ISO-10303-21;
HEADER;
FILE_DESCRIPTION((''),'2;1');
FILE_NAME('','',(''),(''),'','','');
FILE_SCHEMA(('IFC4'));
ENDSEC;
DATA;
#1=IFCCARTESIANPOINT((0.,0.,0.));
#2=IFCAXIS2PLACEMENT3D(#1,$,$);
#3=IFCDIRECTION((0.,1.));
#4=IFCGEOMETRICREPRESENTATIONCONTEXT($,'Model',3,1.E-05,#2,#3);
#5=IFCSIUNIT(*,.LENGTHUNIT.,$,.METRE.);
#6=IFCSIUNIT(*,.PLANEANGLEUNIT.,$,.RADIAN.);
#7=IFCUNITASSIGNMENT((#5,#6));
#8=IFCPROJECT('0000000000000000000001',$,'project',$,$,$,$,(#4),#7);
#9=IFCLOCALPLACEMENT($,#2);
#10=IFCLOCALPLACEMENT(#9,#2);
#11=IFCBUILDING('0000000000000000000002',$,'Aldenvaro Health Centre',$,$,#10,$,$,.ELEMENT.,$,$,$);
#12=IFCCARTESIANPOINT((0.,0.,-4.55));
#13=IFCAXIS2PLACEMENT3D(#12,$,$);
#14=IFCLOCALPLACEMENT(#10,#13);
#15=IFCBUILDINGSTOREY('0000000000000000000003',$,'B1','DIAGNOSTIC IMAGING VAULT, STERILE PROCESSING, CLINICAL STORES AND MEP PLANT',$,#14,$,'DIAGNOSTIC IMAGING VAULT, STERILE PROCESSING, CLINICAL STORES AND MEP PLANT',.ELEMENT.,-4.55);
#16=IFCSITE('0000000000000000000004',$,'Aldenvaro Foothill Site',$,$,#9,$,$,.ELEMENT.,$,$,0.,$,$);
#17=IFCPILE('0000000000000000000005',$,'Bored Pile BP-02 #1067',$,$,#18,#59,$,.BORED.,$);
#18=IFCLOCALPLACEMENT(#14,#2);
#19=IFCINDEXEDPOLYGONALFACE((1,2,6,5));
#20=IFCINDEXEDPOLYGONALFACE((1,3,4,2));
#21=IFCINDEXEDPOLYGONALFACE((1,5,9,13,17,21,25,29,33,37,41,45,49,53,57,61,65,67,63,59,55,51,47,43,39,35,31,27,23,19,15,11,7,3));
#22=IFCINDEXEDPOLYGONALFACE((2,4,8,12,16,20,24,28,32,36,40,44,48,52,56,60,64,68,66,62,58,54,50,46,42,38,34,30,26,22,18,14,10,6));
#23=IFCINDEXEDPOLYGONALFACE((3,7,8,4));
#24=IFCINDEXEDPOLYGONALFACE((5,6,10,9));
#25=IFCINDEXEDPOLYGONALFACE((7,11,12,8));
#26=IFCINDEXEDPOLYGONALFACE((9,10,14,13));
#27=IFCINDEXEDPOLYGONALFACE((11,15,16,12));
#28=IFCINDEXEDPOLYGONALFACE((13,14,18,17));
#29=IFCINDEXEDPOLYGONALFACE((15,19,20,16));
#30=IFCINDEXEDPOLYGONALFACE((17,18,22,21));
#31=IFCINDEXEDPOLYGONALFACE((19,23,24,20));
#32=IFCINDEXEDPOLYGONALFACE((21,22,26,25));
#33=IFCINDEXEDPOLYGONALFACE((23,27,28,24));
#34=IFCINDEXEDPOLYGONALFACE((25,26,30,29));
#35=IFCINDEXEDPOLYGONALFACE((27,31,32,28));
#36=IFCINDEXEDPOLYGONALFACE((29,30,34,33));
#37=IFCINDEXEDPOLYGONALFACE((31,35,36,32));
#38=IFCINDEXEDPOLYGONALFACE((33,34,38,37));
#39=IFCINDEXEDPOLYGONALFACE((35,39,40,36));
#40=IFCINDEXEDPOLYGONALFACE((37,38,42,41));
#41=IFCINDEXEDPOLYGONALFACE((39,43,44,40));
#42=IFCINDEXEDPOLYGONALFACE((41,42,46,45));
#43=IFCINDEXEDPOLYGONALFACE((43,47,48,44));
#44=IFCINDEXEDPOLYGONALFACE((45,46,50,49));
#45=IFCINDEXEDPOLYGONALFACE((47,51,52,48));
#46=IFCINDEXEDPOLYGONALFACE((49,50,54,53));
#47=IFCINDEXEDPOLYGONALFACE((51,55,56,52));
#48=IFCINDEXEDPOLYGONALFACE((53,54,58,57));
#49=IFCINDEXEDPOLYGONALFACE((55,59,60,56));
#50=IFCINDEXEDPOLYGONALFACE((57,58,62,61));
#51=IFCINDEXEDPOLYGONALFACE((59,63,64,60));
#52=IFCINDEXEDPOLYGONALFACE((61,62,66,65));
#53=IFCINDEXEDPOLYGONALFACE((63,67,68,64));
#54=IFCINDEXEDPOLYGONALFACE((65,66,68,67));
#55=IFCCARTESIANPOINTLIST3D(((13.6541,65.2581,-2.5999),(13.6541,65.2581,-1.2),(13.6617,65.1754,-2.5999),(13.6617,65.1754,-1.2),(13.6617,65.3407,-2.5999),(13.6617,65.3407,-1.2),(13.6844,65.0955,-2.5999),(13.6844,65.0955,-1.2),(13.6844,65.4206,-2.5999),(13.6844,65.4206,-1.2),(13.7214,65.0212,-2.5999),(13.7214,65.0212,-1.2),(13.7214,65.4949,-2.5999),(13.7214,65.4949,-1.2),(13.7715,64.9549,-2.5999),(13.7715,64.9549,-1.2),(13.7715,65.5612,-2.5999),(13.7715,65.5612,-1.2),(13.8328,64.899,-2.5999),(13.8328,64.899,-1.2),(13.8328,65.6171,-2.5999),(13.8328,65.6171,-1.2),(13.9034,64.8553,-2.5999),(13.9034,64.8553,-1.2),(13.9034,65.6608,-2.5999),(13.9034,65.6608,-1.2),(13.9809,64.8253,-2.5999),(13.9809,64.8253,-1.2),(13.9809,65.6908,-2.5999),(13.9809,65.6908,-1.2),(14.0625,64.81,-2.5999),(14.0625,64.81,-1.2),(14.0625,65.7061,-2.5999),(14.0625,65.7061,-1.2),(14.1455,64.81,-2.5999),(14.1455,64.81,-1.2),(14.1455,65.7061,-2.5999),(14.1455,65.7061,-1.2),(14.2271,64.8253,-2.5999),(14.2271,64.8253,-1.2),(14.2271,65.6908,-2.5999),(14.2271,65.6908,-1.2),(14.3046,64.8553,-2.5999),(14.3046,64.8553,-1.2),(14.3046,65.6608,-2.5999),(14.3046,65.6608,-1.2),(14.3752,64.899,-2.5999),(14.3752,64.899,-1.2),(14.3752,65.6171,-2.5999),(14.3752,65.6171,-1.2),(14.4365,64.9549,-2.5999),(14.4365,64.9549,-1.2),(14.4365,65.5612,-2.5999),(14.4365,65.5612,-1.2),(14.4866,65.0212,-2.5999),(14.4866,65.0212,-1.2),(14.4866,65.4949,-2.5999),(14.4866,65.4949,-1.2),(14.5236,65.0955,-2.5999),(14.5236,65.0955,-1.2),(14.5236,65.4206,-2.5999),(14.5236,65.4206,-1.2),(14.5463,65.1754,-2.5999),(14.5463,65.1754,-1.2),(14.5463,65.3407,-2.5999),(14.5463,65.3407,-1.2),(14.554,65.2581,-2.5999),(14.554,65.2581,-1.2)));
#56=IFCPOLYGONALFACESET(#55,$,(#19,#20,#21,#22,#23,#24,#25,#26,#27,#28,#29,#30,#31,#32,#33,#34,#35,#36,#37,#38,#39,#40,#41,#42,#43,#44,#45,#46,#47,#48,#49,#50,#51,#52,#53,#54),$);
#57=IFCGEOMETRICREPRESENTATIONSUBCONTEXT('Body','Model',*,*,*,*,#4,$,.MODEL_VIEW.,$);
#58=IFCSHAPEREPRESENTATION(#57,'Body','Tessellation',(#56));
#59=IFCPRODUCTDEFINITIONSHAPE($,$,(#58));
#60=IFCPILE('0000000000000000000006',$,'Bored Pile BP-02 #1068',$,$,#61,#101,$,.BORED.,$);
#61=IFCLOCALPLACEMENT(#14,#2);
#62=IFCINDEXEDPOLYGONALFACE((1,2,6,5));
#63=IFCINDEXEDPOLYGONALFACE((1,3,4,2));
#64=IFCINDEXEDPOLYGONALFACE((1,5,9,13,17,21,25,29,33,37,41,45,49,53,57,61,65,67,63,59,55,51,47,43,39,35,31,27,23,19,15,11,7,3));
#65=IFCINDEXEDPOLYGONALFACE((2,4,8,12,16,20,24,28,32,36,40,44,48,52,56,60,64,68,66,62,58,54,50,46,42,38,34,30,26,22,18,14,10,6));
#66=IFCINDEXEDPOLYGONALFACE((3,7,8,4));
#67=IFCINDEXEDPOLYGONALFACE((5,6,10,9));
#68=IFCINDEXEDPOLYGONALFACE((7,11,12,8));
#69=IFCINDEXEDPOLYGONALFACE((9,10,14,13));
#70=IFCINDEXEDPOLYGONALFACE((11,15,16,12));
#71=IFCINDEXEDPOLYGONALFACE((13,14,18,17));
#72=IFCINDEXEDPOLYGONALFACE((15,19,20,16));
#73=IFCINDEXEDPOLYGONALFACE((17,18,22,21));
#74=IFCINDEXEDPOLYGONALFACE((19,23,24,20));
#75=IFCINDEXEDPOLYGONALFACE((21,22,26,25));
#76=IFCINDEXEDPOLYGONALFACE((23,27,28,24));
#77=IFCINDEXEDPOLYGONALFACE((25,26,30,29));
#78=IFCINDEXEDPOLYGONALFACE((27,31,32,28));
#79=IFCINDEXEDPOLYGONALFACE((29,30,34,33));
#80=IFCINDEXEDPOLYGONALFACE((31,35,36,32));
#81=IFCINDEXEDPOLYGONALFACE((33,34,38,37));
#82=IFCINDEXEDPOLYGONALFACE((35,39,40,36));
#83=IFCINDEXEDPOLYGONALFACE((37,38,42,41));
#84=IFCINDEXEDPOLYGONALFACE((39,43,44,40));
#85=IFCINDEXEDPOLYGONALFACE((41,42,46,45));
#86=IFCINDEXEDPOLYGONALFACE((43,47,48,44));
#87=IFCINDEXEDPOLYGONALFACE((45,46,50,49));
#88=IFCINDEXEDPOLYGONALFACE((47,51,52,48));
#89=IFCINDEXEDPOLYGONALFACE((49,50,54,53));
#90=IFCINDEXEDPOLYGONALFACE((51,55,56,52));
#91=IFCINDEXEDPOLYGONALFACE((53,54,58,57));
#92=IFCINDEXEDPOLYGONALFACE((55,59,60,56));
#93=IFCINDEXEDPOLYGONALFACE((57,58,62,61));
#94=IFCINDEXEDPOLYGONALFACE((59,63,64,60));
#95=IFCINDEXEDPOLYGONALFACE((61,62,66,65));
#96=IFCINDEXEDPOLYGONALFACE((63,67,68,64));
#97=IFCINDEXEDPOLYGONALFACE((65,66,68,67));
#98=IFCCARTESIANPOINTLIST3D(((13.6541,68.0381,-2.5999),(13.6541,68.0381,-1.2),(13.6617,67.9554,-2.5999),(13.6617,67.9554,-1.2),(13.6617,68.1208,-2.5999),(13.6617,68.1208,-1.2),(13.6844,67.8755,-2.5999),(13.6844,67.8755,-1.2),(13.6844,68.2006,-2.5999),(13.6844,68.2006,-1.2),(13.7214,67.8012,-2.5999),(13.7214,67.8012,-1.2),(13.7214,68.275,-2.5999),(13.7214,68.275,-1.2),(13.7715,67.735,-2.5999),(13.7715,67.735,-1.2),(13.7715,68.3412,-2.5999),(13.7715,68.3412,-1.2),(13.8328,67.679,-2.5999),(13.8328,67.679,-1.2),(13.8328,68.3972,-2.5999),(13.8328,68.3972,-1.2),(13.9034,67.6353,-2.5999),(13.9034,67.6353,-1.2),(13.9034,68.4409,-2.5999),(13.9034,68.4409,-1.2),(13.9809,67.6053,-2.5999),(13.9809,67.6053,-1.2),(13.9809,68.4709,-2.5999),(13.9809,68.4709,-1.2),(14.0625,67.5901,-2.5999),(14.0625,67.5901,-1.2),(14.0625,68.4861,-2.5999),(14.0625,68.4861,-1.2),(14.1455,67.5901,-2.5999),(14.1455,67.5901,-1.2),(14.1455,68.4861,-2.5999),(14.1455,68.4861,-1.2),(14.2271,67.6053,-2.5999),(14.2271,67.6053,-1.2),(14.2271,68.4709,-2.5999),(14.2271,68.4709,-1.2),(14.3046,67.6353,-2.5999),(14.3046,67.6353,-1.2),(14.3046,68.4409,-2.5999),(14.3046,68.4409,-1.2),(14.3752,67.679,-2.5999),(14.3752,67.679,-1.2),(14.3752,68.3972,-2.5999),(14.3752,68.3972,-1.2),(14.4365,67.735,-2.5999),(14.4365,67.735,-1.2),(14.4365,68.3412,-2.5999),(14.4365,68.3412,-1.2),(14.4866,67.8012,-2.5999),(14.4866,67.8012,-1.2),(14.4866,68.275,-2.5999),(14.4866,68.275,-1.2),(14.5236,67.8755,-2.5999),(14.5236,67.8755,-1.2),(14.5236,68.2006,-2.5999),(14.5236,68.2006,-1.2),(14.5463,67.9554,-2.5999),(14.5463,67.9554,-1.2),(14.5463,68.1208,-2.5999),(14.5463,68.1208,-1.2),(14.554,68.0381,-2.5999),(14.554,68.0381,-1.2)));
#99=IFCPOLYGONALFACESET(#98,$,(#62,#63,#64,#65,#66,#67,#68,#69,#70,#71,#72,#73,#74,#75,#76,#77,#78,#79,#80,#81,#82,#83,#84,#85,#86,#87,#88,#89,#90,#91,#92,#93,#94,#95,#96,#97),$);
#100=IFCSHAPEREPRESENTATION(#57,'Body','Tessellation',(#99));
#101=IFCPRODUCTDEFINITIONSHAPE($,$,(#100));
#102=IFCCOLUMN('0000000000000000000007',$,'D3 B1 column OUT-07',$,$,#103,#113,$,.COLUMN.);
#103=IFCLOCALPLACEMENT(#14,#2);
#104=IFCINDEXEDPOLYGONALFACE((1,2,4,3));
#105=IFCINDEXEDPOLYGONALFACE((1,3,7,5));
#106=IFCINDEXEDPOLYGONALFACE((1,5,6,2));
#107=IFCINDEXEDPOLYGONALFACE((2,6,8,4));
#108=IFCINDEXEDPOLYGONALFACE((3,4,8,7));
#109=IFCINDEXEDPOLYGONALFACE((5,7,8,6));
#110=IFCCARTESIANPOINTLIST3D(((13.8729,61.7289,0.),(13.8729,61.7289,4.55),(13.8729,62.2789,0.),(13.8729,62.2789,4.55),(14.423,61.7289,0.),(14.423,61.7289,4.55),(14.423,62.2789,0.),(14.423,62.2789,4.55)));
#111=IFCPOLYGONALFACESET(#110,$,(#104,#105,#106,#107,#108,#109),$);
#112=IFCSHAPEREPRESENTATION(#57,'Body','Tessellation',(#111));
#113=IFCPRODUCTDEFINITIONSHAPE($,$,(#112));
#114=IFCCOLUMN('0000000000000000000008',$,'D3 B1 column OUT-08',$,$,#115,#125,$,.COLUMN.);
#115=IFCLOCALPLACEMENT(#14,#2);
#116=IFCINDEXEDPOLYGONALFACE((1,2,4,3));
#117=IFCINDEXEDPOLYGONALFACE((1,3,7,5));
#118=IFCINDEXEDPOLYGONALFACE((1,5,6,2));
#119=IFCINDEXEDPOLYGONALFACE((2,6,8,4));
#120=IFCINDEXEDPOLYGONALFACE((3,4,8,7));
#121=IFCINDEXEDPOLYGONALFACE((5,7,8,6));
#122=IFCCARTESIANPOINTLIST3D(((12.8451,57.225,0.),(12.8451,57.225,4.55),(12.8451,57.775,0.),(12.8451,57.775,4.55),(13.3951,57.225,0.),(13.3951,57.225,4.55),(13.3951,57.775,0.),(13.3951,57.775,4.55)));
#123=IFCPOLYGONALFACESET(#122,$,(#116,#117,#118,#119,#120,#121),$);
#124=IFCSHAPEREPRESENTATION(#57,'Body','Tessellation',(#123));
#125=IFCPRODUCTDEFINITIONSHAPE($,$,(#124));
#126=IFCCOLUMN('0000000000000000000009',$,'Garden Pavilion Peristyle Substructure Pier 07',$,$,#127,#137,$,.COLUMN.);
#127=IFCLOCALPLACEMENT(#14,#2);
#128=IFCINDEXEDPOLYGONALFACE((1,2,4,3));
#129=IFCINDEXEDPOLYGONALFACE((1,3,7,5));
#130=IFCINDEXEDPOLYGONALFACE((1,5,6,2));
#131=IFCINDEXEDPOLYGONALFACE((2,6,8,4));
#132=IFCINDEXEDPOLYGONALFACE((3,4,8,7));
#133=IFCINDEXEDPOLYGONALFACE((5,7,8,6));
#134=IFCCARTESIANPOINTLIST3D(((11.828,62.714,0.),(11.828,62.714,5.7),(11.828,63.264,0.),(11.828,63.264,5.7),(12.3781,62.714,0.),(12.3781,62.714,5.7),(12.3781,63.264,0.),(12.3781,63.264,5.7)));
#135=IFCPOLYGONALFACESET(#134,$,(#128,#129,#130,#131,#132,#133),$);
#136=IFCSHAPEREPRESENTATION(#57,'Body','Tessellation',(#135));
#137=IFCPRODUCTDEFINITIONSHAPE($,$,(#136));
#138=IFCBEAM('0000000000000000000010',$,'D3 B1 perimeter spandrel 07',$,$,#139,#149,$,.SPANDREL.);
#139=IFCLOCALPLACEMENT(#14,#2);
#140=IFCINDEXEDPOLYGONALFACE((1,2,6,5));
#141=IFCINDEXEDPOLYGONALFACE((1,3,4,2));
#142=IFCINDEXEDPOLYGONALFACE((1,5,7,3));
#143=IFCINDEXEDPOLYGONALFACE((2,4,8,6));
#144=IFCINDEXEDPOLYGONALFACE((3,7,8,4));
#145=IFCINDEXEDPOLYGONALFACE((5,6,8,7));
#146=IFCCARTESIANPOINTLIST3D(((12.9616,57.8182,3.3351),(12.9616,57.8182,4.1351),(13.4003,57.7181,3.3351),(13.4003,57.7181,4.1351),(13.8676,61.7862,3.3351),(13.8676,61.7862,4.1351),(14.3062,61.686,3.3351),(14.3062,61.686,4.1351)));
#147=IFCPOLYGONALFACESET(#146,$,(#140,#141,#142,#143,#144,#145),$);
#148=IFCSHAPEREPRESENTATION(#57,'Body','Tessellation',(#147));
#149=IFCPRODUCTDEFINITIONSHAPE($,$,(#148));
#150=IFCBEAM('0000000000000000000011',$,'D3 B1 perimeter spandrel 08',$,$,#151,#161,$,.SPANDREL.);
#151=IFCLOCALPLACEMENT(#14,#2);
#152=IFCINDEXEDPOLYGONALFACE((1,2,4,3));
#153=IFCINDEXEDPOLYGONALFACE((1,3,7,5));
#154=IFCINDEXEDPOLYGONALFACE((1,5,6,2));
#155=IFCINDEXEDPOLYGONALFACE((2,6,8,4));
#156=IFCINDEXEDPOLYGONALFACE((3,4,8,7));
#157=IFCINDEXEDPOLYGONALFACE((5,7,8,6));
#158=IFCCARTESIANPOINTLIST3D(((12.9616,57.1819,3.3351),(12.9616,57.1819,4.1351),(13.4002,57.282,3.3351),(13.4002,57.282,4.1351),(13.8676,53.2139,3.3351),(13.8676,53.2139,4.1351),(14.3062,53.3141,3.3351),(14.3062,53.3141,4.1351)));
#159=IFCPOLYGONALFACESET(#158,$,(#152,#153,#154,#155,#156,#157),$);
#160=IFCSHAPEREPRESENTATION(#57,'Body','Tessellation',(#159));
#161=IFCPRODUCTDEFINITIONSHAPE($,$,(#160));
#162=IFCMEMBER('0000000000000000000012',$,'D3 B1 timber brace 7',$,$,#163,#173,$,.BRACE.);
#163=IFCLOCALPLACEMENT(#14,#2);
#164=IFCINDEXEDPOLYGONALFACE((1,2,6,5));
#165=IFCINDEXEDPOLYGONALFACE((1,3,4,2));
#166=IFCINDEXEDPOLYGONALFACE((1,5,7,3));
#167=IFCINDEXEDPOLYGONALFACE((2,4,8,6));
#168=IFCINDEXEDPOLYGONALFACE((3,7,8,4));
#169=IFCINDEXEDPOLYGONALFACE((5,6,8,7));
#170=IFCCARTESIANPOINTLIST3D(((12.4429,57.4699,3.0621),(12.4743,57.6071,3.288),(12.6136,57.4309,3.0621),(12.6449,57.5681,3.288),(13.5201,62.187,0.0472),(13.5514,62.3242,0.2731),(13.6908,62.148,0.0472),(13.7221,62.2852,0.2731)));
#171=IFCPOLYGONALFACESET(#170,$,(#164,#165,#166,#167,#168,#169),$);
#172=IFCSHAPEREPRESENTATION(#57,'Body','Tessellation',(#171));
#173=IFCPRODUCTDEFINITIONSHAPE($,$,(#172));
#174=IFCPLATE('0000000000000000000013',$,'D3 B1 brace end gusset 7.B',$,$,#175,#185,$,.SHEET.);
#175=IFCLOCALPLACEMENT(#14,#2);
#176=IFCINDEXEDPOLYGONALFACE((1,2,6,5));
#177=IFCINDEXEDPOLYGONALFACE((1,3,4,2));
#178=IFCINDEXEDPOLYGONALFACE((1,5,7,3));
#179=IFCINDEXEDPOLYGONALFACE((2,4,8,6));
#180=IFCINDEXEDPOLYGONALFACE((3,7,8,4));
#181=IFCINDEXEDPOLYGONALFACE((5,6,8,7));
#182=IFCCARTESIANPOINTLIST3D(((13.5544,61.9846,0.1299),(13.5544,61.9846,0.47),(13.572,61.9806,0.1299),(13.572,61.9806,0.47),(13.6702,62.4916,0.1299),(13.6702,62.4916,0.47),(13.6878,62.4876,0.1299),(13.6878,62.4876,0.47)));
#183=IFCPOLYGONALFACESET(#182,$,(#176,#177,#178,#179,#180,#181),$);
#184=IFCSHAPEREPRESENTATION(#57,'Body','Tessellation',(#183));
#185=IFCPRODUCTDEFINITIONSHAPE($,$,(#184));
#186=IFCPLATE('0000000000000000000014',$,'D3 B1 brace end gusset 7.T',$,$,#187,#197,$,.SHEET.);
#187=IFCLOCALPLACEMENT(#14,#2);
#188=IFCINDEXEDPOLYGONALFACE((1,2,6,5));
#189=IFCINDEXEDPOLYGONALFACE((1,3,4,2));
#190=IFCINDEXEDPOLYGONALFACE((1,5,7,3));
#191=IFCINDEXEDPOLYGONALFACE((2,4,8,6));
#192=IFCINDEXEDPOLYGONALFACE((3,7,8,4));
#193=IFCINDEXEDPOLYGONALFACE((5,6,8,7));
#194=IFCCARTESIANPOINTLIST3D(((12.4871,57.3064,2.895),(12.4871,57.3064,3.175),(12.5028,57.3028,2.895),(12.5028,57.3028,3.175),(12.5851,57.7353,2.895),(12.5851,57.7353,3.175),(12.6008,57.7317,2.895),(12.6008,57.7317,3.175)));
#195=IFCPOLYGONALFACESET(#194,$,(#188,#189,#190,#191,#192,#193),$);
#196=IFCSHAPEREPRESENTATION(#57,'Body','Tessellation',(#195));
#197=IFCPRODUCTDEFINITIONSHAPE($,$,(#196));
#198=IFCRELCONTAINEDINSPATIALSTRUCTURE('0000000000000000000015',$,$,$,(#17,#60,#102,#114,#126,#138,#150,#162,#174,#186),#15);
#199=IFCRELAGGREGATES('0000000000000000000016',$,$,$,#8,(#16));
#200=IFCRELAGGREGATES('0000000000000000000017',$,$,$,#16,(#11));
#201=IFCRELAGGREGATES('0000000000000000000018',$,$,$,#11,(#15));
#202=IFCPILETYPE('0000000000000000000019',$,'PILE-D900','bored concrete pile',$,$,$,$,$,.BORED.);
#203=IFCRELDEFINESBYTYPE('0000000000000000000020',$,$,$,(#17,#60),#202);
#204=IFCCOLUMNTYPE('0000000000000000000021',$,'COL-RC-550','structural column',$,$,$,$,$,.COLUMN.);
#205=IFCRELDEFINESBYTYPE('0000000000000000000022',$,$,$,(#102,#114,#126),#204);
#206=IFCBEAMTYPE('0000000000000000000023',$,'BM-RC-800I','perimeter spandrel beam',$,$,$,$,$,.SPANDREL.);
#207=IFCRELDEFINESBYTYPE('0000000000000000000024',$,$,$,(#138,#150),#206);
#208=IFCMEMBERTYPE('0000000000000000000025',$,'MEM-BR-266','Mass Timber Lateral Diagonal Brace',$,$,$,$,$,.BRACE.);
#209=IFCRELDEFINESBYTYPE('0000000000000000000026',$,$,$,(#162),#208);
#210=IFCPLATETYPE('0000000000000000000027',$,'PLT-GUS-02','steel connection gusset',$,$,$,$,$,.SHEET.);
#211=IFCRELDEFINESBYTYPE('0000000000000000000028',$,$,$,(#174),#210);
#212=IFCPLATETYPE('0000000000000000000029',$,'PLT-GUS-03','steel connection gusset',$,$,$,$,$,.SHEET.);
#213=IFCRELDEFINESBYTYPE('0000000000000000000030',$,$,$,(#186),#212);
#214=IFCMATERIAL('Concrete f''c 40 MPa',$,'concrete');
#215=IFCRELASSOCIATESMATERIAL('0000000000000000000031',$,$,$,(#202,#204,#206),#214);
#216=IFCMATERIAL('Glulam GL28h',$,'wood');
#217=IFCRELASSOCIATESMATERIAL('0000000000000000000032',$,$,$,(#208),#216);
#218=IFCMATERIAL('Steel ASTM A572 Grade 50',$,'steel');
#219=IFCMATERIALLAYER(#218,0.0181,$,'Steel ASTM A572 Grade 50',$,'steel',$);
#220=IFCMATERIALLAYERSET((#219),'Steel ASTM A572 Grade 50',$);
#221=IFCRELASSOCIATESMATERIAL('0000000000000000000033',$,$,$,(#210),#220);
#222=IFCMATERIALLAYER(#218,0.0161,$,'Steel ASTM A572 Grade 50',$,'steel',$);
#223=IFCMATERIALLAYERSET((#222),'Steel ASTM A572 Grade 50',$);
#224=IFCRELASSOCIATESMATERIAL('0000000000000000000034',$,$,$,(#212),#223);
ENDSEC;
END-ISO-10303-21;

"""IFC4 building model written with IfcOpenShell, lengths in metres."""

from ifc_helpers import new_model, si_unit, direction, frame, origin, origin_2d, place, context, subcontext, project, spatial, rectangle, circle, extrude, material, layer, layer_set, material_profile, profile_set, type_object, element, save


model = new_model("IFC4")

# Units and contexts
model_context = context("Model", 3, precision=1e-05, world=origin(), true_north=direction((0.0, 1.0)))
body_context = subcontext(model_context, "Body", "Model", "MODEL_VIEW")
ifc_project = project(units=[si_unit("LENGTHUNIT", "METRE"), si_unit("PLANEANGLEUNIT", "RADIAN")], contexts=[model_context])

# Site, building, storey
site_placement = place(None, origin())
site = spatial("IfcSite", under=ifc_project, at=site_placement, Name="Aldenvaro Foothill Site", CompositionType="ELEMENT", RefElevation=0.0)
building_placement = place(site_placement, origin())
building = spatial("IfcBuilding", under=site, at=building_placement, Name="Aldenvaro Health Centre", CompositionType="ELEMENT")
storey_placement = place(building_placement, frame((0.0, 0.0, -4.55)))
storey = spatial("IfcBuildingStorey", under=building, at=storey_placement, Name="B1", Description="DIAGNOSTIC IMAGING VAULT, STERILE PROCESSING, CLINICAL STORES AND MEP PLANT", LongName="DIAGNOSTIC IMAGING VAULT, STERILE PROCESSING, CLINICAL STORES AND MEP PLANT", CompositionType="ELEMENT", Elevation=-4.55)

# Piles
ifc_material_1 = material(Name="Concrete f'c 40 MPa", Category="concrete")
ifc_material_profile_1 = material_profile(ifc_material_1, circle(Radius=0.45, at=origin_2d()), Name="PILE D900", Category="concrete")
ifc_profile_set_1 = profile_set([ifc_material_profile_1], Name="Concrete f'c 40 MPa")
pile_type_1 = type_object("IfcPileType", Name="PILE-D900", Description="bored concrete pile", PredefinedType="BORED", material=ifc_profile_set_1)
for number, where, z_axis, x_axis, name in (
    (1, (14.104, 65.2581, -1.2), (0.0, 0.0, -1.0), (1.0, 0.0, 0.0), "Bored Pile BP-02 #1067"),
    (2, (14.104, 68.0381, -1.2), (0.0, 0.0, -1.0), (1.0, 0.0, 0.0), "Bored Pile BP-02 #1068"),
):
    element("IfcPile", number, at=place(storey_placement, frame(where, z_axis=z_axis, x_axis=x_axis)), inside=storey, type_object=pile_type_1, Name=name, PredefinedType="BORED", context=body_context, shape_type="SweptSolid", body=[
        extrude(circle(Radius=0.45, at=origin_2d()), origin(), (0.0, 0.0, 1.0), 1.3999),
    ])

# Columns
ifc_material_profile_2 = material_profile(ifc_material_1, rectangle(XDim=0.55, YDim=0.55, at=origin_2d()), Name="RC 550x550", Category="concrete")
ifc_profile_set_2 = profile_set([ifc_material_profile_2], Name="Concrete f'c 40 MPa")
column_type = type_object("IfcColumnType", Name="COL-RC-550", Description="structural column", PredefinedType="COLUMN", material=ifc_profile_set_2)
for number, where, z_axis, x_axis, name in (
    (3, (14.1479, 62.0039, 0.0), (0.0, 0.0, 1.0), (1.0, 0.0, 0.0), "D3 B1 column OUT-07"),
    (4, (13.1201, 57.5, 0.0), (0.0, 0.0, 1.0), (1.0, 0.0, 0.0), "D3 B1 column OUT-08"),
):
    element("IfcColumn", number, at=place(storey_placement, frame(where, z_axis=z_axis, x_axis=x_axis)), inside=storey, type_object=column_type, Name=name, PredefinedType="COLUMN", context=body_context, shape_type="SweptSolid", body=[
        extrude(rectangle(XDim=0.55, YDim=0.55, at=origin_2d()), origin(), (0.0, 0.0, 1.0), 4.55),
    ])
column_placement = place(storey_placement, frame((12.103, 62.989, 0.0), z_axis=(0.0, 0.0, 1.0), x_axis=(1.0, 0.0, 0.0)))
element("IfcColumn", 5, at=column_placement, inside=storey, type_object=column_type, Name="Garden Pavilion Peristyle Substructure Pier 07", PredefinedType="COLUMN", context=body_context, shape_type="SweptSolid", body=[
    extrude(rectangle(XDim=0.55, YDim=0.55, at=origin_2d()), origin(), (0.0, 0.0, 1.0), 5.7),
])

# Beams
ifc_material_profile_3 = material_profile(ifc_material_1, rectangle(XDim=0.45, YDim=0.8, at=origin_2d()), Name="RC 450x800", Category="concrete")
ifc_profile_set_3 = profile_set([ifc_material_profile_3], Name="Concrete f'c 40 MPa")
beam_type = type_object("IfcBeamType", Name="BM-RC-800I", Description="perimeter spandrel beam", PredefinedType="SPANDREL", material=ifc_profile_set_3)
for number, where, z_axis, x_axis, name in (
    (6, (14.0869, 61.7361, 3.7351), (-0.222598, -0.97491, 0.0), (0.97491, -0.222598, 0.0), "D3 B1 perimeter spandrel 07"),
    (7, (13.1809, 57.2319, 3.7351), (0.222598, -0.97491, 0.0), (0.97491, 0.222598, 0.0), "D3 B1 perimeter spandrel 08"),
):
    element("IfcBeam", number, at=place(storey_placement, frame(where, z_axis=z_axis, x_axis=x_axis)), inside=storey, type_object=beam_type, Name=name, PredefinedType="SPANDREL", context=body_context, shape_type="SweptSolid", body=[
        extrude(rectangle(XDim=0.45, YDim=0.8, at=origin_2d()), origin(), (0.0, 0.0, 1.0), 4.0701),
    ])

# Member
ifc_material_2 = material(Name="Glulam GL28h", Category="wood")
ifc_material_profile_4 = material_profile(ifc_material_2, rectangle(XDim=0.175, YDim=0.2661, at=origin_2d()), Name="GL 175x266", Category="wood")
ifc_profile_set_4 = profile_set([ifc_material_profile_4], Name="Glulam GL28h")
member_type = type_object("IfcMemberType", Name="MEM-BR-266", Description="Mass Timber Lateral Diagonal Brace", PredefinedType="BRACE", material=ifc_profile_set_4)
member_placement = place(storey_placement, frame((13.6211, 62.2361, 0.1602), z_axis=(-0.188943, -0.82742, 0.528845), x_axis=(0.974905, -0.222622, 0.0)))
element("IfcMember", 8, at=member_placement, inside=storey, type_object=member_type, Name="D3 B1 timber brace 7", PredefinedType="BRACE", context=body_context, shape_type="SweptSolid", body=[
    extrude(rectangle(XDim=0.175, YDim=0.2661, at=origin_2d()), origin(), (0.0, 0.0, 1.0), 5.7009),
])

# Plates
ifc_material_3 = material(Name="Steel ASTM A572 Grade 50", Category="steel")
ifc_layer_1 = layer(ifc_material_3, 0.0181, Name="Steel ASTM A572 Grade 50", Category="steel")
ifc_layer_set_1 = layer_set([ifc_layer_1], Name="Steel ASTM A572 Grade 50")
plate_type_1 = type_object("IfcPlateType", Name="PLT-GUS-02", Description="steel connection gusset", PredefinedType="SHEET", material=ifc_layer_set_1)
plate_1_placement = place(storey_placement, frame((13.6211, 62.2361, 0.1299), z_axis=(0.0, 0.0, 1.0), x_axis=(-0.222587, -0.974913, 0.0)))
element("IfcPlate", 9, at=plate_1_placement, inside=storey, type_object=plate_type_1, Name="D3 B1 brace end gusset 7.B", PredefinedType="SHEET", context=body_context, shape_type="SweptSolid", body=[
    extrude(rectangle(XDim=0.52, YDim=0.0181, at=origin_2d()), origin(), (0.0, 0.0, 1.0), 0.3401),
])
ifc_layer_2 = layer(ifc_material_3, 0.0161, Name="Steel ASTM A572 Grade 50", Category="steel")
ifc_layer_set_2 = layer_set([ifc_layer_2], Name="Steel ASTM A572 Grade 50")
plate_type_2 = type_object("IfcPlateType", Name="PLT-GUS-03", Description="steel connection gusset", PredefinedType="SHEET", material=ifc_layer_set_2)
plate_2_placement = place(storey_placement, frame((12.5439, 57.519, 2.895), z_axis=(0.0, 0.0, 1.0), x_axis=(-0.222587, -0.974913, 0.0)))
element("IfcPlate", 10, at=plate_2_placement, inside=storey, type_object=plate_type_2, Name="D3 B1 brace end gusset 7.T", PredefinedType="SHEET", context=body_context, shape_type="SweptSolid", body=[
    extrude(rectangle(XDim=0.4399, YDim=0.0161, at=origin_2d()), origin(), (0.0, 0.0, 1.0), 0.28),
])

save(model, "model.ifc")
